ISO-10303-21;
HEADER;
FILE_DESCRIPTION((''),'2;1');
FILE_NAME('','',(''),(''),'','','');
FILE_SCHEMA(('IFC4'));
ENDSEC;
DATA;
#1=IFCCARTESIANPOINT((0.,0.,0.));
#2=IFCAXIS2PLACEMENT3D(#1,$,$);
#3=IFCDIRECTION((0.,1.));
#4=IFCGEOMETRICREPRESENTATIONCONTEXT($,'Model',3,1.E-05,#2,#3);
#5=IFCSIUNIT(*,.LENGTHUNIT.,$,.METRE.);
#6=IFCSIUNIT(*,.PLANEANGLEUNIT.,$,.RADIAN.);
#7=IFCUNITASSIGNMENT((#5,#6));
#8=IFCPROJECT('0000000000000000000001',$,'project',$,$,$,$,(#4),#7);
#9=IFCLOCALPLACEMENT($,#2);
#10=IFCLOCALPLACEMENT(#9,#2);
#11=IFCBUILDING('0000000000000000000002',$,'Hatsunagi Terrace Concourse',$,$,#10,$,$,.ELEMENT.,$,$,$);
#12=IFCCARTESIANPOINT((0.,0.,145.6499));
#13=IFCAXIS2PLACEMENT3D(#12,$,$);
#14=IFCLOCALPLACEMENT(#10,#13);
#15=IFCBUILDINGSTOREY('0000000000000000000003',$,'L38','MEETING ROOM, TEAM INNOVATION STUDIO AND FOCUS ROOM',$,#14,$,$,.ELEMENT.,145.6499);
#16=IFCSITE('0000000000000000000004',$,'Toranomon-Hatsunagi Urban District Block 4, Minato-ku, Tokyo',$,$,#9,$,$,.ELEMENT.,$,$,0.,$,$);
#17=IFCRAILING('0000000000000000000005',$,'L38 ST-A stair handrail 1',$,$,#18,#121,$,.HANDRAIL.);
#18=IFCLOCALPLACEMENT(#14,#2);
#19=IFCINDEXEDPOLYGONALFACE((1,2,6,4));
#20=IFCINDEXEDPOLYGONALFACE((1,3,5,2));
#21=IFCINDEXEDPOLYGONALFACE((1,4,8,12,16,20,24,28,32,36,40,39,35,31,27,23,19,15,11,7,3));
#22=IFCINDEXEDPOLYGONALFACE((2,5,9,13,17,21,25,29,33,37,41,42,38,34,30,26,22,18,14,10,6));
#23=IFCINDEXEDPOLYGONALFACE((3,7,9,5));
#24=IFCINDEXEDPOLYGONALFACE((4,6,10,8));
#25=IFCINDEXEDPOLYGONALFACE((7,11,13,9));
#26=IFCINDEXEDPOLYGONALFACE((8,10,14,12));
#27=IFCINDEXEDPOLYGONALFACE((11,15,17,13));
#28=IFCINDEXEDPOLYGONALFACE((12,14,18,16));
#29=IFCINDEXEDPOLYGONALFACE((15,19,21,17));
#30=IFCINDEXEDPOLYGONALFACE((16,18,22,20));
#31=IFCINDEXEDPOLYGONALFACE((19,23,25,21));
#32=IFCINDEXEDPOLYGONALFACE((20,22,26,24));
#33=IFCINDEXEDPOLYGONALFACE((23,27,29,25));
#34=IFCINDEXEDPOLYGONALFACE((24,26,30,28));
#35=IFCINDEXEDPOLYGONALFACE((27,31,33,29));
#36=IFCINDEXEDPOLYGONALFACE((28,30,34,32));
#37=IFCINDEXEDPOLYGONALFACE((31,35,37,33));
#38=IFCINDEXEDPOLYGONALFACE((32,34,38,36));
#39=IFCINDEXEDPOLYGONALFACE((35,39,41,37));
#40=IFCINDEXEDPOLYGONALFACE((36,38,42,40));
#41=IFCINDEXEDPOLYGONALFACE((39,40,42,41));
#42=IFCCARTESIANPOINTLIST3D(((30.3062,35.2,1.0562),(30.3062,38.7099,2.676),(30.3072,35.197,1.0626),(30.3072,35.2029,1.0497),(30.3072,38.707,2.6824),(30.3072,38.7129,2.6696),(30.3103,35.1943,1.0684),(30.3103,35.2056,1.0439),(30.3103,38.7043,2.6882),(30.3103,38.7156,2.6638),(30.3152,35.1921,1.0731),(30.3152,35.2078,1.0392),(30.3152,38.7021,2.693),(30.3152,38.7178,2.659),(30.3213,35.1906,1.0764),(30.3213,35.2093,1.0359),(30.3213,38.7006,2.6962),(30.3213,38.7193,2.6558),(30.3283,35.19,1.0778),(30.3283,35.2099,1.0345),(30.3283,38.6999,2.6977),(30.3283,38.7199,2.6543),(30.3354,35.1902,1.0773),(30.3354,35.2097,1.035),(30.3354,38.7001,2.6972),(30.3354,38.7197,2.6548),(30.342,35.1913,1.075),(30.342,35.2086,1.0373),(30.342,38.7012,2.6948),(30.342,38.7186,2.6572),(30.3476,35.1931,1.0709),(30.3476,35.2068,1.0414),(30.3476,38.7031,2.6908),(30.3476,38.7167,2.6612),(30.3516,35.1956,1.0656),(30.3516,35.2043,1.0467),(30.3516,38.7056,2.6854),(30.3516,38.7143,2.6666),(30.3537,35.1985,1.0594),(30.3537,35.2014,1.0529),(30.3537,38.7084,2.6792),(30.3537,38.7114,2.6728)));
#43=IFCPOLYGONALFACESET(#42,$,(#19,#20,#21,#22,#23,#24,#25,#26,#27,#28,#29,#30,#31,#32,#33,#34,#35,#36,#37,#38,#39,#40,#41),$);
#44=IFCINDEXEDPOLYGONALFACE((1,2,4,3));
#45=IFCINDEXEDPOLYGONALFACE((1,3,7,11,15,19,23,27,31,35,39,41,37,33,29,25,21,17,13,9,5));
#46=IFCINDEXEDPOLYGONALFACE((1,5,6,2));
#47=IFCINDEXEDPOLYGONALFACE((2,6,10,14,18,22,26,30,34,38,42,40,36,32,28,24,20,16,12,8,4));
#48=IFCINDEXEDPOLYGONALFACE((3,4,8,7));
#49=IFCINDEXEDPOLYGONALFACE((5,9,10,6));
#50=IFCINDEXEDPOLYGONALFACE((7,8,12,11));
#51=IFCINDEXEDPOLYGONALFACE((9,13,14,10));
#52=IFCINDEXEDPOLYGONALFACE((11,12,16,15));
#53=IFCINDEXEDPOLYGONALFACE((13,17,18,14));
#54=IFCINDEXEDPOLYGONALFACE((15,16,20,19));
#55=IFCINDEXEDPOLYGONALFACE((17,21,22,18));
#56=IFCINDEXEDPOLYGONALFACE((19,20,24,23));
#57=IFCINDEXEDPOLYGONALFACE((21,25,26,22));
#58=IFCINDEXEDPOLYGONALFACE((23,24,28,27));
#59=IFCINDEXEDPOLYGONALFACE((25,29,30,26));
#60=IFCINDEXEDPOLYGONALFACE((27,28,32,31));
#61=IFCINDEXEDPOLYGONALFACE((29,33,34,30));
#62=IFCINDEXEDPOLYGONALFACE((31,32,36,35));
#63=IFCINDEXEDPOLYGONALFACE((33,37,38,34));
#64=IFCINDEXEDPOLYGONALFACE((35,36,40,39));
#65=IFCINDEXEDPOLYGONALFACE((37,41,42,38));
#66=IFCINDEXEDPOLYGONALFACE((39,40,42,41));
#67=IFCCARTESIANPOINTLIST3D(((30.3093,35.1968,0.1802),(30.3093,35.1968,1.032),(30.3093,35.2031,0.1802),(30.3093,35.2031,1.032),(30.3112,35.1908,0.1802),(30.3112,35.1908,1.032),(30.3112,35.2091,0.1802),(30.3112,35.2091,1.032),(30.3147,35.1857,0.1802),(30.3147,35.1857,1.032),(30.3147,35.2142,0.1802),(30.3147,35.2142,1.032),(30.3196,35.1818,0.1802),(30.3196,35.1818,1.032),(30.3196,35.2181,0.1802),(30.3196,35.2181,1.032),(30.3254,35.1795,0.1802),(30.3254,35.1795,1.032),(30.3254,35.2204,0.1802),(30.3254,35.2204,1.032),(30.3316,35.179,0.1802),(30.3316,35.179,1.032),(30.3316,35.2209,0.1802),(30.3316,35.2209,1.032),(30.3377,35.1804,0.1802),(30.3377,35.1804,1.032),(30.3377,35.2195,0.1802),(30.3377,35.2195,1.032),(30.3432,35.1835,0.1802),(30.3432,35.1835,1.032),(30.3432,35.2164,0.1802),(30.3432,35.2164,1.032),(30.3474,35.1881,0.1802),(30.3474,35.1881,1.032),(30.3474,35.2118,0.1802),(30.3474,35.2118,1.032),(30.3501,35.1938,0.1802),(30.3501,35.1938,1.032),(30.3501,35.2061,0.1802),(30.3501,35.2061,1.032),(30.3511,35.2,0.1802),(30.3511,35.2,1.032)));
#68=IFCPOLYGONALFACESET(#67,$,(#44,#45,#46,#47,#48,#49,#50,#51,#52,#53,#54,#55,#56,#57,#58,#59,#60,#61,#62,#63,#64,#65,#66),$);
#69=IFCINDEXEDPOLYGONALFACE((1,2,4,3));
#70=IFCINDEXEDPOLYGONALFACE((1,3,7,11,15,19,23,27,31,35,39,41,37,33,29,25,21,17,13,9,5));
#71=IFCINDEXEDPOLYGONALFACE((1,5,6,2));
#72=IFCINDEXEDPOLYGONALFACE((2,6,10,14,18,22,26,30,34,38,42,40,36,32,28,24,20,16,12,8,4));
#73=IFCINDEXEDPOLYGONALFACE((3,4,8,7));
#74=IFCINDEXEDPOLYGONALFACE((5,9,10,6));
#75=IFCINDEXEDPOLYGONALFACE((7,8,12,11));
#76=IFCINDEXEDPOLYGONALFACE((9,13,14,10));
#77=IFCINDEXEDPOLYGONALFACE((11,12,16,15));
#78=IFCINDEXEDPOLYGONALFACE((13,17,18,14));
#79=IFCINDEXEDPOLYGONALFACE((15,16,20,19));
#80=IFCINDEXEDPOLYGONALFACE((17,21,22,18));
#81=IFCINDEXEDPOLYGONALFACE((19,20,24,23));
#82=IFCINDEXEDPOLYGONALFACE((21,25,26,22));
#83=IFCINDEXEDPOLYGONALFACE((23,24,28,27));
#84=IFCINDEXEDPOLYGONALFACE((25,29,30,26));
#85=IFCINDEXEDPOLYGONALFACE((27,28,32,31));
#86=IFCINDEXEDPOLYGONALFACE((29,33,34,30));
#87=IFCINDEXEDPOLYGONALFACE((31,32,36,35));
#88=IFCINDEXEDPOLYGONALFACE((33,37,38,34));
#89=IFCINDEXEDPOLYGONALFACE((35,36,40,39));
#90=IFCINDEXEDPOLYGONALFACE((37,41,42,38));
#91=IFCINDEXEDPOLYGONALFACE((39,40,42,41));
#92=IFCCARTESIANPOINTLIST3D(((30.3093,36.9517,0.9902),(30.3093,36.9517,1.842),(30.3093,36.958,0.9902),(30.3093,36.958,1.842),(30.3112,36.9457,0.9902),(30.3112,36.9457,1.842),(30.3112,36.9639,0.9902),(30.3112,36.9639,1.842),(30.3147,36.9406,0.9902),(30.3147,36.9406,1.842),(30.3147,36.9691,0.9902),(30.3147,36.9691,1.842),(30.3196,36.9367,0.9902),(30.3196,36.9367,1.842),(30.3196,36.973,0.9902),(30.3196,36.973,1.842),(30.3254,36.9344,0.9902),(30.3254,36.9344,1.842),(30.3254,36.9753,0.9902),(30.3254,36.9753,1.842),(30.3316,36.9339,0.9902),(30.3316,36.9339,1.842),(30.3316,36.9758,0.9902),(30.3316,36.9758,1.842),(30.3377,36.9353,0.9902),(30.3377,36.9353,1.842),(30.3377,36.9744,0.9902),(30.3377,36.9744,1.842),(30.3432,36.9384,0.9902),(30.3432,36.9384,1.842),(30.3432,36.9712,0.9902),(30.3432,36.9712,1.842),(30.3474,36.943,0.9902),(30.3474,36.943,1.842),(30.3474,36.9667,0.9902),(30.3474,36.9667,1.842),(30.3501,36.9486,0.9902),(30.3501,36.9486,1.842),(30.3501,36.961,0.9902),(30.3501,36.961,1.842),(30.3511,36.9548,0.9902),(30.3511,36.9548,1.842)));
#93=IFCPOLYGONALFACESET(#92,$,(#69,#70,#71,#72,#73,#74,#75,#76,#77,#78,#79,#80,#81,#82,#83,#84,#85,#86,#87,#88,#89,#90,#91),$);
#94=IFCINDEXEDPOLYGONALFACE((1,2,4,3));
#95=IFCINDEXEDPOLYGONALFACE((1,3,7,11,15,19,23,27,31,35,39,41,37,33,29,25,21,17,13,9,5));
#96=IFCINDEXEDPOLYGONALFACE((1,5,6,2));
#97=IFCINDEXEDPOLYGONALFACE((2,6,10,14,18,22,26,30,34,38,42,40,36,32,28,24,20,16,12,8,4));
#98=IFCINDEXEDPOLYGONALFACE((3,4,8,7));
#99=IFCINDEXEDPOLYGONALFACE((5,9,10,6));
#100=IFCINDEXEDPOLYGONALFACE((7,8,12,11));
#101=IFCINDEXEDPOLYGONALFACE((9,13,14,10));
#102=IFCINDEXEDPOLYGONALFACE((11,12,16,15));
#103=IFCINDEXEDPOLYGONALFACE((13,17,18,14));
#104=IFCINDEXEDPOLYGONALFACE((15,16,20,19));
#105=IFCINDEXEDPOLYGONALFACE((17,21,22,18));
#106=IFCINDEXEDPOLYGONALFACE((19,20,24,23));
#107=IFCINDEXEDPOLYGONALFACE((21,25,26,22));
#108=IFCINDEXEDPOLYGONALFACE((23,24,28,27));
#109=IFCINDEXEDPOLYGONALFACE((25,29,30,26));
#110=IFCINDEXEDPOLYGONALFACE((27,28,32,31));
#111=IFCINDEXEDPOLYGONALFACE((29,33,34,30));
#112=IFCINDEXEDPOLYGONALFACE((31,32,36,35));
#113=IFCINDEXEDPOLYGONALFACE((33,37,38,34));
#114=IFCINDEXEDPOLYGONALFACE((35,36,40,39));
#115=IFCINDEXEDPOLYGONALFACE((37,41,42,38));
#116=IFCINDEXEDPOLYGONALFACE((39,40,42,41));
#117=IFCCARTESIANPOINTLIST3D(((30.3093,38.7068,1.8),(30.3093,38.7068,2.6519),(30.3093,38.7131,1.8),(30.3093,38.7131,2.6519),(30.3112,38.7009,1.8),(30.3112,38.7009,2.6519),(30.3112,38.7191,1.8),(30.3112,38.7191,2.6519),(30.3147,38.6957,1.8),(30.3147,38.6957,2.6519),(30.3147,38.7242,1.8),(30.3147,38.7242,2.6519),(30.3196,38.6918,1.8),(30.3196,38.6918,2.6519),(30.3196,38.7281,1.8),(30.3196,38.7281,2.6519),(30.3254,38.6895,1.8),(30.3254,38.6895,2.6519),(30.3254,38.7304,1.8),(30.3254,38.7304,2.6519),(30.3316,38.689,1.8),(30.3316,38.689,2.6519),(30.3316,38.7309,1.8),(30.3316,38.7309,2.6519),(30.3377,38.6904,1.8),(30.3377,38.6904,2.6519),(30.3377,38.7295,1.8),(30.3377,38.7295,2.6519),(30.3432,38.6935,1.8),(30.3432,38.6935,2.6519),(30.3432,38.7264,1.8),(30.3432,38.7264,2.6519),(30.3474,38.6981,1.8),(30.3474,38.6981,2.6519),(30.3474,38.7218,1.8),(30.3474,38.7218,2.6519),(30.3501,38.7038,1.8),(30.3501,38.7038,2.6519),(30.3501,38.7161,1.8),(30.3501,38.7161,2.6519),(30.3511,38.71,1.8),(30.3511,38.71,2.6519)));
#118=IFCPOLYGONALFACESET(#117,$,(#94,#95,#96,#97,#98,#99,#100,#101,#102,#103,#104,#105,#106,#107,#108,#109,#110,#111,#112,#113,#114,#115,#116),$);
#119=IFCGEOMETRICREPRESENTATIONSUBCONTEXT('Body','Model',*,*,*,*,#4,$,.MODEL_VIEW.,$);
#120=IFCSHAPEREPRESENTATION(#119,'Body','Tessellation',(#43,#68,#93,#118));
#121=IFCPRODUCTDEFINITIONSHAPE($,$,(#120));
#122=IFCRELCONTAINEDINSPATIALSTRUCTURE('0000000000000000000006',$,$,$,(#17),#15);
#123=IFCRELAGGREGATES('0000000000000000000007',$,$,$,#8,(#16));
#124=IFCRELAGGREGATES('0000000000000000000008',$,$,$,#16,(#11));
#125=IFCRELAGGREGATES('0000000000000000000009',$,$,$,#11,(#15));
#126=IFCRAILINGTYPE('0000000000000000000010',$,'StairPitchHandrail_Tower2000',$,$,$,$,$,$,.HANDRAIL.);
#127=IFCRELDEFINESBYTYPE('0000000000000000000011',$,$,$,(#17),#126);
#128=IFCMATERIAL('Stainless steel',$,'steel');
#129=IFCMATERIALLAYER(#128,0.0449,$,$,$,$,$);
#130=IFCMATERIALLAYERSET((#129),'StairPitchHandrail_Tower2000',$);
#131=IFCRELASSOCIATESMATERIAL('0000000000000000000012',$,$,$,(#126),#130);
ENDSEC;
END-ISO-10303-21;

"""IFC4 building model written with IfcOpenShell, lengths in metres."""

from ifc_helpers import new_model, si_unit, direction, frame, origin, origin_2d, place, context, subcontext, project, spatial, circle, extrude, material, layer, layer_set, type_object, element, save


model = new_model("IFC4")

# Units and contexts
model_context = context("Model", 3, precision=1e-05, world=origin(), true_north=direction((0.0, 1.0)))
body_context = subcontext(model_context, "Body", "Model", "MODEL_VIEW")
ifc_project = project(units=[si_unit("LENGTHUNIT", "METRE"), si_unit("PLANEANGLEUNIT", "RADIAN")], contexts=[model_context])

# Site, building, storey
site_placement = place(None, origin())
site = spatial("IfcSite", under=ifc_project, at=site_placement, Name="Toranomon-Hatsunagi Urban District Block 4, Minato-ku, Tokyo", CompositionType="ELEMENT", RefElevation=0.0)
building_placement = place(site_placement, origin())
building = spatial("IfcBuilding", under=site, at=building_placement, Name="Hatsunagi Terrace Concourse", CompositionType="ELEMENT")
storey_placement = place(building_placement, frame((0.0, 0.0, 145.6499)))
storey = spatial("IfcBuildingStorey", under=building, at=storey_placement, Name="L38", Description="MEETING ROOM, TEAM INNOVATION STUDIO AND FOCUS ROOM", CompositionType="ELEMENT", Elevation=145.6499)

# Railing
ifc_material_1 = material(Name="Stainless steel", Category="steel")
ifc_layer_1 = layer(ifc_material_1, 0.0449)
ifc_layer_set_1 = layer_set([ifc_layer_1], Name="StairPitchHandrail_Tower2000")
railing_type_1 = type_object("IfcRailingType", Name="StairPitchHandrail_Tower2000", PredefinedType="HANDRAIL", material=ifc_layer_set_1)
railing_1_placement = place(storey_placement, frame((30.3301, 35.2, 0.1802)))
element("IfcRailing", 1, at=railing_1_placement, inside=storey, type_object=railing_type_1, Name="L38 ST-A stair handrail 1", PredefinedType="HANDRAIL", context=body_context, shape_type="SweptSolid", body=[
    extrude(circle(Radius=0.0239, at=origin_2d()), frame((0.0, 0.0, 0.876), z_axis=(0.0, 0.907972, 0.41903), x_axis=(-1.0, 0.0, 0.0)), (0.0, 0.0, 1.0), 3.8657),
    extrude(circle(Radius=0.021, at=origin_2d()), origin(), (0.0, 0.0, 1.0), 0.8518),
    extrude(circle(Radius=0.021, at=origin_2d()), frame((0.0, 1.7549, 0.8101)), (0.0, 0.0, 1.0), 0.8518),
    extrude(circle(Radius=0.021, at=origin_2d()), frame((0.0, 3.51, 1.6199)), (0.0, 0.0, 1.0), 0.8518),
])

save(model, "model.ifc")
